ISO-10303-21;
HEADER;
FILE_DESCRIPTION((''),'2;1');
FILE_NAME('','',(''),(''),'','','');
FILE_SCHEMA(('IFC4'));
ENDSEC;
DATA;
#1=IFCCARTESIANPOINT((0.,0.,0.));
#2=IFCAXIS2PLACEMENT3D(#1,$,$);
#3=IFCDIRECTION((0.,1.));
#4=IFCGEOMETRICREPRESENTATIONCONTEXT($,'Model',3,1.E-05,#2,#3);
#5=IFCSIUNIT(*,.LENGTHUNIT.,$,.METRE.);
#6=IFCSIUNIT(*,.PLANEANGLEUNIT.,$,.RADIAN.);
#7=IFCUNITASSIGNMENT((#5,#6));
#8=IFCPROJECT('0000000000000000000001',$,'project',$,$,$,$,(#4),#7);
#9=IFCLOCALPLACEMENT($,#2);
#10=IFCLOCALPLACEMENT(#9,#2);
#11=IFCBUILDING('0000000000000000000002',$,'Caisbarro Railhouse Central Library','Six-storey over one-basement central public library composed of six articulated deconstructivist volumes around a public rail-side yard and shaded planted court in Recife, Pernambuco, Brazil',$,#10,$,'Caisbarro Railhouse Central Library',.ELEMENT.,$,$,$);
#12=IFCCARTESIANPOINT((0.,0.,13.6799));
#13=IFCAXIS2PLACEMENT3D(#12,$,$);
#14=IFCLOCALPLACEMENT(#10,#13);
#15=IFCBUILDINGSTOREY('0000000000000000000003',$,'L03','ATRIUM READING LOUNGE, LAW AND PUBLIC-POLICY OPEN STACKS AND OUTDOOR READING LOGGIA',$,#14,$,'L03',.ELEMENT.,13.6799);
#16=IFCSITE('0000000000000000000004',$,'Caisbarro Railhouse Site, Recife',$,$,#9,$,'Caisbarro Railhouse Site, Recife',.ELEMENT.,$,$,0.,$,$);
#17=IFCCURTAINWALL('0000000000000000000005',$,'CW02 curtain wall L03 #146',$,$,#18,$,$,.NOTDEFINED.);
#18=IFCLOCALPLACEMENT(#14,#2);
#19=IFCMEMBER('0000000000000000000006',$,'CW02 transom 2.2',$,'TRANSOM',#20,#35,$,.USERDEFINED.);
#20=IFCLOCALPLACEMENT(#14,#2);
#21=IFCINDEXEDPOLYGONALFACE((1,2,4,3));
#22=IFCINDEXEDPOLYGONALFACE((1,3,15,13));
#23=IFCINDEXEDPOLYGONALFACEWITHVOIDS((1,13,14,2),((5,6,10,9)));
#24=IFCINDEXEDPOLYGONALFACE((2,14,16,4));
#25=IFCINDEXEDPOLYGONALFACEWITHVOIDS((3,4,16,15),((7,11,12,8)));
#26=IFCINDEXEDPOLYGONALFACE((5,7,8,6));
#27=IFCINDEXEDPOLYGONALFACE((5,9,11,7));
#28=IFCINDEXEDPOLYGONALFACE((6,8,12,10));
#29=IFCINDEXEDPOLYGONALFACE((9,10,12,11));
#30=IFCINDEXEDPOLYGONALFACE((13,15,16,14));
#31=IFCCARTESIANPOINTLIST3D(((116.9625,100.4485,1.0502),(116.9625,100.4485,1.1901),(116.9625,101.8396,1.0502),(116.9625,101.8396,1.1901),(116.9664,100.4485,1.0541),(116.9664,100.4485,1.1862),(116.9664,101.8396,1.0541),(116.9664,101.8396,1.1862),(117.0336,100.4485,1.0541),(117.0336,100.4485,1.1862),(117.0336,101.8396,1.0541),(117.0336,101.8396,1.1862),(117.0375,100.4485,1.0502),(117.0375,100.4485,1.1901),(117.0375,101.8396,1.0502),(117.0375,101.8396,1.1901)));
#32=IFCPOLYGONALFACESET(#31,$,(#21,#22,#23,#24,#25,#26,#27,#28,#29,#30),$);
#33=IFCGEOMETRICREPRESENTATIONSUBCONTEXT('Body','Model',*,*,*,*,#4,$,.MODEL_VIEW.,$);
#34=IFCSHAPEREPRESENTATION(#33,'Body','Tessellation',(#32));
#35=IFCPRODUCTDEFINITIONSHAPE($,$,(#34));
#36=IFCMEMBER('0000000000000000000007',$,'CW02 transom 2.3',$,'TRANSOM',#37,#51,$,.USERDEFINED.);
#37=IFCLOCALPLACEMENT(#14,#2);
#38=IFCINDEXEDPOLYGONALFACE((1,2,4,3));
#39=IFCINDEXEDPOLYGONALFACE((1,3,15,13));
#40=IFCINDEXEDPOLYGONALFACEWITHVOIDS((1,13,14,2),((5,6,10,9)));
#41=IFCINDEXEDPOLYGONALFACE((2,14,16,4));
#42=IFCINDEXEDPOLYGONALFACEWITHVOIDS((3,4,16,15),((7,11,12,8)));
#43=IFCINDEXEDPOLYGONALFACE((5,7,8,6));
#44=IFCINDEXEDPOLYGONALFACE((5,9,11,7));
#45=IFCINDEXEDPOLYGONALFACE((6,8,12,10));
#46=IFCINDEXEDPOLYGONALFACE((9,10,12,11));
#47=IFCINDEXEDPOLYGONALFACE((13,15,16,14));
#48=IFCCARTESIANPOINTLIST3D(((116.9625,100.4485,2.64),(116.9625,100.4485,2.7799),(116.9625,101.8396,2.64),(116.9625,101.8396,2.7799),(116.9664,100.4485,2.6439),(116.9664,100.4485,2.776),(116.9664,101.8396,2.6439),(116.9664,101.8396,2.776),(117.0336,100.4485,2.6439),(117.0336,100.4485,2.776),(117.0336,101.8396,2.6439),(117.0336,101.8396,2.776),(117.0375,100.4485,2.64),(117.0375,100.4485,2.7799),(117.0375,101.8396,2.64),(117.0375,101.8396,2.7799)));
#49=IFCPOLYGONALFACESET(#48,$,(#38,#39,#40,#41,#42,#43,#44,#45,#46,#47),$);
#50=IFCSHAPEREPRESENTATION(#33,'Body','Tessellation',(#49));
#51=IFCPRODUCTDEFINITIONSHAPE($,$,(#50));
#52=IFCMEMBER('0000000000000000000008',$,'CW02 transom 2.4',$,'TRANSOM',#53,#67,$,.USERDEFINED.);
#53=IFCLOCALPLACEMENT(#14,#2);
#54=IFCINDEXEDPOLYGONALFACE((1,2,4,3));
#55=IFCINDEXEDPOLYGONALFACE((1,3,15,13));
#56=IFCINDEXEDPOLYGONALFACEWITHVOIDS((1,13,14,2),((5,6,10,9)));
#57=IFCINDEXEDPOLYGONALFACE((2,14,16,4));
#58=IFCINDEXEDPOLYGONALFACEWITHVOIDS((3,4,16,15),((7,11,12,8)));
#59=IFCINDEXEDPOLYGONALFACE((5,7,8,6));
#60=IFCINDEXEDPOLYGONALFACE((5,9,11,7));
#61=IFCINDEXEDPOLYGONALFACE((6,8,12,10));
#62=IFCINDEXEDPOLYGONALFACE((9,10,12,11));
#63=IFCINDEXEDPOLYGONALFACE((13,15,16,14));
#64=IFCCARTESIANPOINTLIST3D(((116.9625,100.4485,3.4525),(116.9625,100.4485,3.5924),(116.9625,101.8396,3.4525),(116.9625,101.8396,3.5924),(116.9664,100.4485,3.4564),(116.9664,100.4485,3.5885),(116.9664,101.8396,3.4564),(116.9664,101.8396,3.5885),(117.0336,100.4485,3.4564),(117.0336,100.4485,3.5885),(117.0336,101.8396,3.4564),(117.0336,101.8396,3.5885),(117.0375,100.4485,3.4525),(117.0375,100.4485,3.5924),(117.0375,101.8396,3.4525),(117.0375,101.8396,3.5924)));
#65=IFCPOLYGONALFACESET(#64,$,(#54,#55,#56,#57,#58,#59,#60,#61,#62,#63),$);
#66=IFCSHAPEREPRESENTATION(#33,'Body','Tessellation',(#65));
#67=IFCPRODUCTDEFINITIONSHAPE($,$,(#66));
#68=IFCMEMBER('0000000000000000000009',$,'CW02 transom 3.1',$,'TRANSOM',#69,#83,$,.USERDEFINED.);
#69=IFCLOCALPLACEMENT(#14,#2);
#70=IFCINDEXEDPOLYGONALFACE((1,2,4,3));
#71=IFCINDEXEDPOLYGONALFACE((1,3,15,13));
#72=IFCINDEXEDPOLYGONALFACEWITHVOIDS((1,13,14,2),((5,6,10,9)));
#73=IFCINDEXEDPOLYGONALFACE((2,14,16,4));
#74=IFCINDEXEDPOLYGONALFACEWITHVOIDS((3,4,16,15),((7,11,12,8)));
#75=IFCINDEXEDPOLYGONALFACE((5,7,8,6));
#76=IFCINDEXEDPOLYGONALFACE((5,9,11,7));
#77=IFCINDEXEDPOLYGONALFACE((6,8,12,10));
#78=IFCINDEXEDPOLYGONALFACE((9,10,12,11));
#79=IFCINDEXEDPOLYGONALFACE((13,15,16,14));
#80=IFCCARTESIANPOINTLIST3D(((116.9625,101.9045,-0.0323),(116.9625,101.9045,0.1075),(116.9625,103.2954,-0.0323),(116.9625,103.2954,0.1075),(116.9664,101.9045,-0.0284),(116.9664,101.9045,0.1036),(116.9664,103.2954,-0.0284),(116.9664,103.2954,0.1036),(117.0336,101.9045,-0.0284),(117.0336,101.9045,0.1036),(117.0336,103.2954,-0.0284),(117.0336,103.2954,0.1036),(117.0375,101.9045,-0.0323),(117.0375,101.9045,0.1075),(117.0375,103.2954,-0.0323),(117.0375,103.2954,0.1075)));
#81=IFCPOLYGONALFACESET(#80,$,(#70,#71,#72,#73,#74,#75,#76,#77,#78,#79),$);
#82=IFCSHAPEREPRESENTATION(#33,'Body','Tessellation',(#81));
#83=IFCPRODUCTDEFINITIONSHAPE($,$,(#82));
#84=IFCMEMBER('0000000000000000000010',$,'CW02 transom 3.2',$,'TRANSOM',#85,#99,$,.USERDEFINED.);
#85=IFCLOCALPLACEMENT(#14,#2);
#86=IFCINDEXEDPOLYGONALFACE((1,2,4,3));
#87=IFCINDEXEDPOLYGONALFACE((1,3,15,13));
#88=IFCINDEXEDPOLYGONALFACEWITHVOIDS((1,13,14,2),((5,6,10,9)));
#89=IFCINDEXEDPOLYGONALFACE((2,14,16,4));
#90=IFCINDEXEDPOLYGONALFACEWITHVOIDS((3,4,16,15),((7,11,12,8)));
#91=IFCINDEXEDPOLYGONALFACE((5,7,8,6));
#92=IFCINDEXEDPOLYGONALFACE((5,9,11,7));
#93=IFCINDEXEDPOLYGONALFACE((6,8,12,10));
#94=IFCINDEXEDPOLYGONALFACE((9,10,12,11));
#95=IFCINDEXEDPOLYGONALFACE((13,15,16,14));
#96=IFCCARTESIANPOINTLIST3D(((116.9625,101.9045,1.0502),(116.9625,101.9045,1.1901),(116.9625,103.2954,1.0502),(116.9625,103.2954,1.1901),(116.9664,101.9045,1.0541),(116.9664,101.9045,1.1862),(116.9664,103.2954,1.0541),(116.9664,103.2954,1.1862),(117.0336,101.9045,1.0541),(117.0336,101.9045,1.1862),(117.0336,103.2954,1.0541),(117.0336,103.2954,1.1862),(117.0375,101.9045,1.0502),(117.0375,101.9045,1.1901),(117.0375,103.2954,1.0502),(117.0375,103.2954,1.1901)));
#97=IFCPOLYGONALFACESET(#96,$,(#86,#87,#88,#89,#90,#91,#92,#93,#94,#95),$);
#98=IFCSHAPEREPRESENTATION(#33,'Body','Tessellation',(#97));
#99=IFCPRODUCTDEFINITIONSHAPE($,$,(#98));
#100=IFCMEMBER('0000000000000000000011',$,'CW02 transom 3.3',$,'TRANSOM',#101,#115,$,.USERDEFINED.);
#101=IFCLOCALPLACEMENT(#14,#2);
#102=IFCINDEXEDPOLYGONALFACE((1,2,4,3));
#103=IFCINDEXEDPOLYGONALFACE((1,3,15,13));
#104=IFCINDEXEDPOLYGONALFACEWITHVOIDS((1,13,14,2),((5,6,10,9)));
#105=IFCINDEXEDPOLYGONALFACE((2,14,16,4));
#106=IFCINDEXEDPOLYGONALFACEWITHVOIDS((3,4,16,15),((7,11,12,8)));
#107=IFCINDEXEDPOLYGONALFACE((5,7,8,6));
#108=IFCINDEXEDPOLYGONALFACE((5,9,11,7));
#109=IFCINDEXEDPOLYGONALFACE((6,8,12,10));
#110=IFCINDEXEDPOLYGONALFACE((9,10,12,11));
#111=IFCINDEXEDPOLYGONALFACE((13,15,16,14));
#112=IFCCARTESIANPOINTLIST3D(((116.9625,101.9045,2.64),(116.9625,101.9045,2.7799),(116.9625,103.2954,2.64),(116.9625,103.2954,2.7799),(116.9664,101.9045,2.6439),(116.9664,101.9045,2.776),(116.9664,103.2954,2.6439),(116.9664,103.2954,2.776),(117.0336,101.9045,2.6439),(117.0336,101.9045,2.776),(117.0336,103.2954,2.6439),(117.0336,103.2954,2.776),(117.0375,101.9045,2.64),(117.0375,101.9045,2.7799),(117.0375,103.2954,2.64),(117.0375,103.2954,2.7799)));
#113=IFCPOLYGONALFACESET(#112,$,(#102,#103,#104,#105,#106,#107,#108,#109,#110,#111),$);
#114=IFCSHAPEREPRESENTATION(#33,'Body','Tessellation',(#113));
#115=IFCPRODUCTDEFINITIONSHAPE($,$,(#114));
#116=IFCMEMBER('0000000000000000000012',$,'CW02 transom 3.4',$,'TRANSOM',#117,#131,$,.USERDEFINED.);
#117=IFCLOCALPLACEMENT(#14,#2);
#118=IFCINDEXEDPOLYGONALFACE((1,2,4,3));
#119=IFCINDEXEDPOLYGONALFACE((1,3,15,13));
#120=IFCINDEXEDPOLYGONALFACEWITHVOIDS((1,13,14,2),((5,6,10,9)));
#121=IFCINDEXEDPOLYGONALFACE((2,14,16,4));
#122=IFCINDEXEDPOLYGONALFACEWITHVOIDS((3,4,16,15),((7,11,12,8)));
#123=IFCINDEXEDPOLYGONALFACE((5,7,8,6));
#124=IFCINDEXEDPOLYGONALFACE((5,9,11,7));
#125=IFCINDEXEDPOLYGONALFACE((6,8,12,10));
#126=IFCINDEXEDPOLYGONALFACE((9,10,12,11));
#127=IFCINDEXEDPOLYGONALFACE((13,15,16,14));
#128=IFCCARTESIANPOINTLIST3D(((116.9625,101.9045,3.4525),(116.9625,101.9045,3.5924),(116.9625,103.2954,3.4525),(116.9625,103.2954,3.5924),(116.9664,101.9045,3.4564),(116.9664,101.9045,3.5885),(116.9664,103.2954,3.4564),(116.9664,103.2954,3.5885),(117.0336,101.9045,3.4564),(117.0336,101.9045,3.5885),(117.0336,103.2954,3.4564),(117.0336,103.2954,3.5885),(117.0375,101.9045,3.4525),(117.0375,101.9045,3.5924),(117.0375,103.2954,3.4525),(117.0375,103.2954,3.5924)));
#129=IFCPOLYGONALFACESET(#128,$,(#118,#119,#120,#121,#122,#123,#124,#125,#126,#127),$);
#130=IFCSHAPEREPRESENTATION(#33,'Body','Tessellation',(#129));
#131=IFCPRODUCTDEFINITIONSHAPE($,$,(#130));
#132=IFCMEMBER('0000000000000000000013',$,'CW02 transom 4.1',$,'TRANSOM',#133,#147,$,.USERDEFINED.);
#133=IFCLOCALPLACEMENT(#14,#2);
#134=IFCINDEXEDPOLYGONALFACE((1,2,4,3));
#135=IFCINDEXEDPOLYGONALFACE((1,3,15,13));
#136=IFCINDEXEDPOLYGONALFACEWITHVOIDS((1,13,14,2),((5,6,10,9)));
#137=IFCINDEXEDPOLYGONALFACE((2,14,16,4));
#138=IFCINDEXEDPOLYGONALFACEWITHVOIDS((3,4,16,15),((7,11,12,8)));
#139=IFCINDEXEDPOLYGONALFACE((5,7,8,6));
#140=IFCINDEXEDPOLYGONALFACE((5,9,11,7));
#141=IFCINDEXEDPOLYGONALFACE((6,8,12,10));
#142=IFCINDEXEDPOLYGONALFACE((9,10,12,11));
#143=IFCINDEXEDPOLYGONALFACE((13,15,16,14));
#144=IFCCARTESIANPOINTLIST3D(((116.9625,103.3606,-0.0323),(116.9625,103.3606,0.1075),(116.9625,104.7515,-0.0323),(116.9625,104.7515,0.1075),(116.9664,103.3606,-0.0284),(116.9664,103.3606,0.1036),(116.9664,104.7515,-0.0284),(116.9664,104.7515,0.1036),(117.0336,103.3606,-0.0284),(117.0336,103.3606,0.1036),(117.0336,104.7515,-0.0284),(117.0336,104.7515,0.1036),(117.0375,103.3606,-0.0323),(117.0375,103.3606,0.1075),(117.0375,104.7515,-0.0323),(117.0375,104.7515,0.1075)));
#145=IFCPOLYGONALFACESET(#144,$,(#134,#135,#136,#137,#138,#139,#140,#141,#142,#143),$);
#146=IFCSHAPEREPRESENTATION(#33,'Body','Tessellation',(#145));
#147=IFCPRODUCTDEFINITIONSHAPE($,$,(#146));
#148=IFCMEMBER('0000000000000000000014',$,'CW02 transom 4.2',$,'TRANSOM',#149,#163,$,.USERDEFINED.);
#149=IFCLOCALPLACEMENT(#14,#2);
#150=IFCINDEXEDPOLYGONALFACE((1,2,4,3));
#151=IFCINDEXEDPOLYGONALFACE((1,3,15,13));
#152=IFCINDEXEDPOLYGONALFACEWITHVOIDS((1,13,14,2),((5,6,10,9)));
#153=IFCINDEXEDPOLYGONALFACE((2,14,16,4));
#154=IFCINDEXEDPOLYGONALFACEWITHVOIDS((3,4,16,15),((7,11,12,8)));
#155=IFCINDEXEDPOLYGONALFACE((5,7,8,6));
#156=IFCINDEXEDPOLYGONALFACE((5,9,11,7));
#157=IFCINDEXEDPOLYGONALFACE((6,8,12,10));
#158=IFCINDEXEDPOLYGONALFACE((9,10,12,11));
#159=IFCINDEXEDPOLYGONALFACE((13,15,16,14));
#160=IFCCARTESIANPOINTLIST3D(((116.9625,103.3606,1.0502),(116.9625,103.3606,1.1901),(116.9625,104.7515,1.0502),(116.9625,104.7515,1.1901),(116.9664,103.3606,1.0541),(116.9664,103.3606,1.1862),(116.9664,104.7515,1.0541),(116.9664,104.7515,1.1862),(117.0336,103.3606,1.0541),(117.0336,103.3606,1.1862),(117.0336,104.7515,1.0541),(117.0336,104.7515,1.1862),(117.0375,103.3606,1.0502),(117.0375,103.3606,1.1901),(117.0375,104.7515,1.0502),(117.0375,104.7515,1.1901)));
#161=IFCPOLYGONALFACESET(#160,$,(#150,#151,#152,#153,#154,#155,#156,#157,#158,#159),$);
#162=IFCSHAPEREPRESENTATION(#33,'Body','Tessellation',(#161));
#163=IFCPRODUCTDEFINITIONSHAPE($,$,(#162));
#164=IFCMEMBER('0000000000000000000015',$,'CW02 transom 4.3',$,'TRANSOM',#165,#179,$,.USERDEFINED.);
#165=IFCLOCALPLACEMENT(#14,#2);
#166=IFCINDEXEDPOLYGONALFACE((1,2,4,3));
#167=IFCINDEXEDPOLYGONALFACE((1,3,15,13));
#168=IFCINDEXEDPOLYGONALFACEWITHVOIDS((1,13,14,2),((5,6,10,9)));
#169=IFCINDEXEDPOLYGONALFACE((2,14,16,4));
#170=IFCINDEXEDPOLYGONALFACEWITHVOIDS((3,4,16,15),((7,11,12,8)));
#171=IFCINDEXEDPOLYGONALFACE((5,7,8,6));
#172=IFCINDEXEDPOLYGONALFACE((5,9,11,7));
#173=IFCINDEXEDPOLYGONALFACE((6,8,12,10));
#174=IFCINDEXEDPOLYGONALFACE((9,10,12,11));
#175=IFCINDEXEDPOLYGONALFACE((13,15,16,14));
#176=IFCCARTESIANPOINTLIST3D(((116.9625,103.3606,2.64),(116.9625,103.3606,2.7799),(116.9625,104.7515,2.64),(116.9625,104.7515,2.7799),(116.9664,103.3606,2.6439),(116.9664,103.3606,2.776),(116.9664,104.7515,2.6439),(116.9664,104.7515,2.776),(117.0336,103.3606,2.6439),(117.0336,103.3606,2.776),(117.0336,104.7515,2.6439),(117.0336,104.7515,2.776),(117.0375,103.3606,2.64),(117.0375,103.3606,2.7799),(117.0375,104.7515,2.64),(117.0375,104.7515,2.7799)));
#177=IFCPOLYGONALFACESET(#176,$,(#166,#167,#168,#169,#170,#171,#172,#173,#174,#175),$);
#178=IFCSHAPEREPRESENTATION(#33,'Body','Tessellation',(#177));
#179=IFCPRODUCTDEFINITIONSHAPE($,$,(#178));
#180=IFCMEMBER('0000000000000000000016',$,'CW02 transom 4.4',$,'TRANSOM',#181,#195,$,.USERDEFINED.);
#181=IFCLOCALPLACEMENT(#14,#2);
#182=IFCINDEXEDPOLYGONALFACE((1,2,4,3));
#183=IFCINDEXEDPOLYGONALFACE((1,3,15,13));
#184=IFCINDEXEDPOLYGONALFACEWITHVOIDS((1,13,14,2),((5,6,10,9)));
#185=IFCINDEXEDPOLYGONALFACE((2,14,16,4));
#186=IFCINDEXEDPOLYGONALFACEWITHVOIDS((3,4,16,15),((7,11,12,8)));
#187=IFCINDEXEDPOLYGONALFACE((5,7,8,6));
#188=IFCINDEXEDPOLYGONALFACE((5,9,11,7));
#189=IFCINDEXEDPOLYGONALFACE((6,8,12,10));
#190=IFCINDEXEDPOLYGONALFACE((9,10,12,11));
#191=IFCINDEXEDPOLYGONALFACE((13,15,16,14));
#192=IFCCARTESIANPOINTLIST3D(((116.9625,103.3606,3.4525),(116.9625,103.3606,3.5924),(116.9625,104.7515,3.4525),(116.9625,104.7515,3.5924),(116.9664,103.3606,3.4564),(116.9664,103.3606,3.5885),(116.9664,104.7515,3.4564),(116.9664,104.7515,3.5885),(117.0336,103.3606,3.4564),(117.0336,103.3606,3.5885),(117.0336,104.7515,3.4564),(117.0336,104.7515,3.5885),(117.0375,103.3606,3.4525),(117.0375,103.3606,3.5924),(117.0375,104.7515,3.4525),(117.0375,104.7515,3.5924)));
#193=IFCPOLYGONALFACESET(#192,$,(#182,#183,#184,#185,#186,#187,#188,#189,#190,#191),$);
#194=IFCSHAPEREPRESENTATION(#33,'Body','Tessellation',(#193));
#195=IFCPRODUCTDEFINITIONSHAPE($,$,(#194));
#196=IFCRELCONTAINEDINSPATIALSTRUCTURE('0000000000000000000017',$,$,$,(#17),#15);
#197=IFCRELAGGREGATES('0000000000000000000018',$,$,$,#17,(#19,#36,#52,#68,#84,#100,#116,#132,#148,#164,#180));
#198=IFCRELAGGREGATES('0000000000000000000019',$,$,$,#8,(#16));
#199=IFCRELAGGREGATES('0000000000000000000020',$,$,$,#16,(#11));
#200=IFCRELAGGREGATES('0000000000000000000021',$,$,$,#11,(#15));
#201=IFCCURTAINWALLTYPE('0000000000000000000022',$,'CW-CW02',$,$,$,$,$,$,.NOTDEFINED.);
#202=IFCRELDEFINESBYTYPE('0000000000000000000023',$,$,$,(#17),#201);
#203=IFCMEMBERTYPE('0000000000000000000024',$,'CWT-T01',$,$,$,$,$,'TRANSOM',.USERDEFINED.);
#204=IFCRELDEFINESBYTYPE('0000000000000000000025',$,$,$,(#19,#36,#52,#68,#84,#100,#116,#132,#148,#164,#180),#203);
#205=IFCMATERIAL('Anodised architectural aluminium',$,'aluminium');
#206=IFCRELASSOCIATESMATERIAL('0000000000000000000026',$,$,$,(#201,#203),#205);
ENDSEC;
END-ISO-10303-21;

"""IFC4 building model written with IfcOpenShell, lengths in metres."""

from ifc_helpers import new_model, si_unit, direction, frame, origin, origin_2d, place, context, subcontext, project, spatial, hollow_rectangle, extrude, material, material_profile, profile_set, type_object, element, aggregate, save


model = new_model("IFC4")

# Units and contexts
model_context = context("Model", 3, precision=1e-05, world=origin(), true_north=direction((0.0, 1.0)))
body_context = subcontext(model_context, "Body", "Model", "MODEL_VIEW")
ifc_project = project(units=[si_unit("LENGTHUNIT", "METRE"), si_unit("PLANEANGLEUNIT", "RADIAN")], contexts=[model_context])

# Site, building, storey
site_placement = place(None, origin())
site = spatial("IfcSite", under=ifc_project, at=site_placement, Name="Caisbarro Railhouse Site, Recife", LongName="Caisbarro Railhouse Site, Recife", CompositionType="ELEMENT", RefElevation=0.0)
building_placement = place(site_placement, origin())
building = spatial("IfcBuilding", under=site, at=building_placement, Name="Caisbarro Railhouse Central Library", Description="Six-storey over one-basement central public library composed of six articulated deconstructivist volumes around a public rail-side yard and shaded planted court in Recife, Pernambuco, Brazil", LongName="Caisbarro Railhouse Central Library", CompositionType="ELEMENT")
storey_placement = place(building_placement, frame((0.0, 0.0, 13.6799)))
storey = spatial("IfcBuildingStorey", under=building, at=storey_placement, Name="L03", Description="ATRIUM READING LOUNGE, LAW AND PUBLIC-POLICY OPEN STACKS AND OUTDOOR READING LOGGIA", LongName="L03", CompositionType="ELEMENT", Elevation=13.6799)

# Curtain wall, members
ifc_material_1 = material(Name="Anodised architectural aluminium", Category="aluminium")
curtain_wall_type = type_object("IfcCurtainWallType", Name="CW-CW02", PredefinedType="NOTDEFINED", material=ifc_material_1)
curtain_wall_placement = place(storey_placement, origin())
curtain_wall = element("IfcCurtainWall", 1, at=curtain_wall_placement, inside=storey, type_object=curtain_wall_type, Name="CW02 curtain wall L03 #146", PredefinedType="NOTDEFINED")
ifc_material_profile_1 = material_profile(ifc_material_1, hollow_rectangle(XDim=0.075, YDim=0.1399, WallThickness=0.0039, at=origin_2d()), Name="ALU-TRN-75X140")
ifc_profile_set_1 = profile_set([ifc_material_profile_1], Name="Anodised architectural aluminium")
member_type_1 = type_object("IfcMemberType", Name="CWT-T01", ElementType="TRANSOM", PredefinedType="USERDEFINED", material=ifc_profile_set_1)
member_1_placement = place(storey_placement, frame((117.0, 100.4485, 1.1201), z_axis=(0.0, 1.0, 0.0), x_axis=(-1.0, 0.0, 0.0)))
member_1 = element("IfcMember", 2, at=member_1_placement, type_object=member_type_1, Name="CW02 transom 2.2", ObjectType="TRANSOM", PredefinedType="USERDEFINED", context=body_context, shape_type="SweptSolid", body=[
    extrude(hollow_rectangle(XDim=0.075, YDim=0.1399, WallThickness=0.0039, at=origin_2d()), origin(), (0.0, 0.0, 1.0), 1.3911),
])
member_2_placement = place(storey_placement, frame((117.0, 100.4485, 2.71), z_axis=(0.0, 1.0, 0.0), x_axis=(-1.0, 0.0, 0.0)))
member_2 = element("IfcMember", 3, at=member_2_placement, type_object=member_type_1, Name="CW02 transom 2.3", ObjectType="TRANSOM", PredefinedType="USERDEFINED", context=body_context, shape_type="SweptSolid", body=[
    extrude(hollow_rectangle(XDim=0.075, YDim=0.1399, WallThickness=0.0039, at=origin_2d()), origin(), (0.0, 0.0, 1.0), 1.3911),
])
member_3_placement = place(storey_placement, frame((117.0, 100.4485, 3.5225), z_axis=(0.0, 1.0, 0.0), x_axis=(-1.0, 0.0, 0.0)))
member_3 = element("IfcMember", 4, at=member_3_placement, type_object=member_type_1, Name="CW02 transom 2.4", ObjectType="TRANSOM", PredefinedType="USERDEFINED", context=body_context, shape_type="SweptSolid", body=[
    extrude(hollow_rectangle(XDim=0.075, YDim=0.1399, WallThickness=0.0039, at=origin_2d()), origin(), (0.0, 0.0, 1.0), 1.3911),
])
member_4_placement = place(storey_placement, frame((117.0, 101.9045, 0.0376), z_axis=(0.0, 1.0, 0.0), x_axis=(-1.0, 0.0, 0.0)))
member_4 = element("IfcMember", 5, at=member_4_placement, type_object=member_type_1, Name="CW02 transom 3.1", ObjectType="TRANSOM", PredefinedType="USERDEFINED", context=body_context, shape_type="SweptSolid", body=[
    extrude(hollow_rectangle(XDim=0.075, YDim=0.1399, WallThickness=0.0039, at=origin_2d()), origin(), (0.0, 0.0, 1.0), 1.3909),
])
member_5_placement = place(storey_placement, frame((117.0, 101.9045, 1.1201), z_axis=(0.0, 1.0, 0.0), x_axis=(-1.0, 0.0, 0.0)))
member_5 = element("IfcMember", 6, at=member_5_placement, type_object=member_type_1, Name="CW02 transom 3.2", ObjectType="TRANSOM", PredefinedType="USERDEFINED", context=body_context, shape_type="SweptSolid", body=[
    extrude(hollow_rectangle(XDim=0.075, YDim=0.1399, WallThickness=0.0039, at=origin_2d()), origin(), (0.0, 0.0, 1.0), 1.3909),
])
member_6_placement = place(storey_placement, frame((117.0, 101.9045, 2.71), z_axis=(0.0, 1.0, 0.0), x_axis=(-1.0, 0.0, 0.0)))
member_6 = element("IfcMember", 7, at=member_6_placement, type_object=member_type_1, Name="CW02 transom 3.3", ObjectType="TRANSOM", PredefinedType="USERDEFINED", context=body_context, shape_type="SweptSolid", body=[
    extrude(hollow_rectangle(XDim=0.075, YDim=0.1399, WallThickness=0.0039, at=origin_2d()), origin(), (0.0, 0.0, 1.0), 1.3909),
])
member_7_placement = place(storey_placement, frame((117.0, 101.9045, 3.5225), z_axis=(0.0, 1.0, 0.0), x_axis=(-1.0, 0.0, 0.0)))
member_7 = element("IfcMember", 8, at=member_7_placement, type_object=member_type_1, Name="CW02 transom 3.4", ObjectType="TRANSOM", PredefinedType="USERDEFINED", context=body_context, shape_type="SweptSolid", body=[
    extrude(hollow_rectangle(XDim=0.075, YDim=0.1399, WallThickness=0.0039, at=origin_2d()), origin(), (0.0, 0.0, 1.0), 1.3909),
])
member_8_placement = place(storey_placement, frame((117.0, 103.3606, 0.0376), z_axis=(0.0, 1.0, 0.0), x_axis=(-1.0, 0.0, 0.0)))
member_8 = element("IfcMember", 9, at=member_8_placement, type_object=member_type_1, Name="CW02 transom 4.1", ObjectType="TRANSOM", PredefinedType="USERDEFINED", context=body_context, shape_type="SweptSolid", body=[
    extrude(hollow_rectangle(XDim=0.075, YDim=0.1399, WallThickness=0.0039, at=origin_2d()), origin(), (0.0, 0.0, 1.0), 1.3909),
])
member_9_placement = place(storey_placement, frame((117.0, 103.3606, 1.1201), z_axis=(0.0, 1.0, 0.0), x_axis=(-1.0, 0.0, 0.0)))
member_9 = element("IfcMember", 10, at=member_9_placement, type_object=member_type_1, Name="CW02 transom 4.2", ObjectType="TRANSOM", PredefinedType="USERDEFINED", context=body_context, shape_type="SweptSolid", body=[
    extrude(hollow_rectangle(XDim=0.075, YDim=0.1399, WallThickness=0.0039, at=origin_2d()), origin(), (0.0, 0.0, 1.0), 1.3909),
])
member_10_placement = place(storey_placement, frame((117.0, 103.3606, 2.71), z_axis=(0.0, 1.0, 0.0), x_axis=(-1.0, 0.0, 0.0)))
member_10 = element("IfcMember", 11, at=member_10_placement, type_object=member_type_1, Name="CW02 transom 4.3", ObjectType="TRANSOM", PredefinedType="USERDEFINED", context=body_context, shape_type="SweptSolid", body=[
    extrude(hollow_rectangle(XDim=0.075, YDim=0.1399, WallThickness=0.0039, at=origin_2d()), origin(), (0.0, 0.0, 1.0), 1.3909),
])
member_11_placement = place(storey_placement, frame((117.0, 103.3606, 3.5225), z_axis=(0.0, 1.0, 0.0), x_axis=(-1.0, 0.0, 0.0)))
member_11 = element("IfcMember", 12, at=member_11_placement, type_object=member_type_1, Name="CW02 transom 4.4", ObjectType="TRANSOM", PredefinedType="USERDEFINED", context=body_context, shape_type="SweptSolid", body=[
    extrude(hollow_rectangle(XDim=0.075, YDim=0.1399, WallThickness=0.0039, at=origin_2d()), origin(), (0.0, 0.0, 1.0), 1.3909),
])
aggregate(curtain_wall, [member_1, member_2, member_3, member_4, member_5, member_6, member_7, member_8, member_9, member_10, member_11])

save(model, "model.ifc")
